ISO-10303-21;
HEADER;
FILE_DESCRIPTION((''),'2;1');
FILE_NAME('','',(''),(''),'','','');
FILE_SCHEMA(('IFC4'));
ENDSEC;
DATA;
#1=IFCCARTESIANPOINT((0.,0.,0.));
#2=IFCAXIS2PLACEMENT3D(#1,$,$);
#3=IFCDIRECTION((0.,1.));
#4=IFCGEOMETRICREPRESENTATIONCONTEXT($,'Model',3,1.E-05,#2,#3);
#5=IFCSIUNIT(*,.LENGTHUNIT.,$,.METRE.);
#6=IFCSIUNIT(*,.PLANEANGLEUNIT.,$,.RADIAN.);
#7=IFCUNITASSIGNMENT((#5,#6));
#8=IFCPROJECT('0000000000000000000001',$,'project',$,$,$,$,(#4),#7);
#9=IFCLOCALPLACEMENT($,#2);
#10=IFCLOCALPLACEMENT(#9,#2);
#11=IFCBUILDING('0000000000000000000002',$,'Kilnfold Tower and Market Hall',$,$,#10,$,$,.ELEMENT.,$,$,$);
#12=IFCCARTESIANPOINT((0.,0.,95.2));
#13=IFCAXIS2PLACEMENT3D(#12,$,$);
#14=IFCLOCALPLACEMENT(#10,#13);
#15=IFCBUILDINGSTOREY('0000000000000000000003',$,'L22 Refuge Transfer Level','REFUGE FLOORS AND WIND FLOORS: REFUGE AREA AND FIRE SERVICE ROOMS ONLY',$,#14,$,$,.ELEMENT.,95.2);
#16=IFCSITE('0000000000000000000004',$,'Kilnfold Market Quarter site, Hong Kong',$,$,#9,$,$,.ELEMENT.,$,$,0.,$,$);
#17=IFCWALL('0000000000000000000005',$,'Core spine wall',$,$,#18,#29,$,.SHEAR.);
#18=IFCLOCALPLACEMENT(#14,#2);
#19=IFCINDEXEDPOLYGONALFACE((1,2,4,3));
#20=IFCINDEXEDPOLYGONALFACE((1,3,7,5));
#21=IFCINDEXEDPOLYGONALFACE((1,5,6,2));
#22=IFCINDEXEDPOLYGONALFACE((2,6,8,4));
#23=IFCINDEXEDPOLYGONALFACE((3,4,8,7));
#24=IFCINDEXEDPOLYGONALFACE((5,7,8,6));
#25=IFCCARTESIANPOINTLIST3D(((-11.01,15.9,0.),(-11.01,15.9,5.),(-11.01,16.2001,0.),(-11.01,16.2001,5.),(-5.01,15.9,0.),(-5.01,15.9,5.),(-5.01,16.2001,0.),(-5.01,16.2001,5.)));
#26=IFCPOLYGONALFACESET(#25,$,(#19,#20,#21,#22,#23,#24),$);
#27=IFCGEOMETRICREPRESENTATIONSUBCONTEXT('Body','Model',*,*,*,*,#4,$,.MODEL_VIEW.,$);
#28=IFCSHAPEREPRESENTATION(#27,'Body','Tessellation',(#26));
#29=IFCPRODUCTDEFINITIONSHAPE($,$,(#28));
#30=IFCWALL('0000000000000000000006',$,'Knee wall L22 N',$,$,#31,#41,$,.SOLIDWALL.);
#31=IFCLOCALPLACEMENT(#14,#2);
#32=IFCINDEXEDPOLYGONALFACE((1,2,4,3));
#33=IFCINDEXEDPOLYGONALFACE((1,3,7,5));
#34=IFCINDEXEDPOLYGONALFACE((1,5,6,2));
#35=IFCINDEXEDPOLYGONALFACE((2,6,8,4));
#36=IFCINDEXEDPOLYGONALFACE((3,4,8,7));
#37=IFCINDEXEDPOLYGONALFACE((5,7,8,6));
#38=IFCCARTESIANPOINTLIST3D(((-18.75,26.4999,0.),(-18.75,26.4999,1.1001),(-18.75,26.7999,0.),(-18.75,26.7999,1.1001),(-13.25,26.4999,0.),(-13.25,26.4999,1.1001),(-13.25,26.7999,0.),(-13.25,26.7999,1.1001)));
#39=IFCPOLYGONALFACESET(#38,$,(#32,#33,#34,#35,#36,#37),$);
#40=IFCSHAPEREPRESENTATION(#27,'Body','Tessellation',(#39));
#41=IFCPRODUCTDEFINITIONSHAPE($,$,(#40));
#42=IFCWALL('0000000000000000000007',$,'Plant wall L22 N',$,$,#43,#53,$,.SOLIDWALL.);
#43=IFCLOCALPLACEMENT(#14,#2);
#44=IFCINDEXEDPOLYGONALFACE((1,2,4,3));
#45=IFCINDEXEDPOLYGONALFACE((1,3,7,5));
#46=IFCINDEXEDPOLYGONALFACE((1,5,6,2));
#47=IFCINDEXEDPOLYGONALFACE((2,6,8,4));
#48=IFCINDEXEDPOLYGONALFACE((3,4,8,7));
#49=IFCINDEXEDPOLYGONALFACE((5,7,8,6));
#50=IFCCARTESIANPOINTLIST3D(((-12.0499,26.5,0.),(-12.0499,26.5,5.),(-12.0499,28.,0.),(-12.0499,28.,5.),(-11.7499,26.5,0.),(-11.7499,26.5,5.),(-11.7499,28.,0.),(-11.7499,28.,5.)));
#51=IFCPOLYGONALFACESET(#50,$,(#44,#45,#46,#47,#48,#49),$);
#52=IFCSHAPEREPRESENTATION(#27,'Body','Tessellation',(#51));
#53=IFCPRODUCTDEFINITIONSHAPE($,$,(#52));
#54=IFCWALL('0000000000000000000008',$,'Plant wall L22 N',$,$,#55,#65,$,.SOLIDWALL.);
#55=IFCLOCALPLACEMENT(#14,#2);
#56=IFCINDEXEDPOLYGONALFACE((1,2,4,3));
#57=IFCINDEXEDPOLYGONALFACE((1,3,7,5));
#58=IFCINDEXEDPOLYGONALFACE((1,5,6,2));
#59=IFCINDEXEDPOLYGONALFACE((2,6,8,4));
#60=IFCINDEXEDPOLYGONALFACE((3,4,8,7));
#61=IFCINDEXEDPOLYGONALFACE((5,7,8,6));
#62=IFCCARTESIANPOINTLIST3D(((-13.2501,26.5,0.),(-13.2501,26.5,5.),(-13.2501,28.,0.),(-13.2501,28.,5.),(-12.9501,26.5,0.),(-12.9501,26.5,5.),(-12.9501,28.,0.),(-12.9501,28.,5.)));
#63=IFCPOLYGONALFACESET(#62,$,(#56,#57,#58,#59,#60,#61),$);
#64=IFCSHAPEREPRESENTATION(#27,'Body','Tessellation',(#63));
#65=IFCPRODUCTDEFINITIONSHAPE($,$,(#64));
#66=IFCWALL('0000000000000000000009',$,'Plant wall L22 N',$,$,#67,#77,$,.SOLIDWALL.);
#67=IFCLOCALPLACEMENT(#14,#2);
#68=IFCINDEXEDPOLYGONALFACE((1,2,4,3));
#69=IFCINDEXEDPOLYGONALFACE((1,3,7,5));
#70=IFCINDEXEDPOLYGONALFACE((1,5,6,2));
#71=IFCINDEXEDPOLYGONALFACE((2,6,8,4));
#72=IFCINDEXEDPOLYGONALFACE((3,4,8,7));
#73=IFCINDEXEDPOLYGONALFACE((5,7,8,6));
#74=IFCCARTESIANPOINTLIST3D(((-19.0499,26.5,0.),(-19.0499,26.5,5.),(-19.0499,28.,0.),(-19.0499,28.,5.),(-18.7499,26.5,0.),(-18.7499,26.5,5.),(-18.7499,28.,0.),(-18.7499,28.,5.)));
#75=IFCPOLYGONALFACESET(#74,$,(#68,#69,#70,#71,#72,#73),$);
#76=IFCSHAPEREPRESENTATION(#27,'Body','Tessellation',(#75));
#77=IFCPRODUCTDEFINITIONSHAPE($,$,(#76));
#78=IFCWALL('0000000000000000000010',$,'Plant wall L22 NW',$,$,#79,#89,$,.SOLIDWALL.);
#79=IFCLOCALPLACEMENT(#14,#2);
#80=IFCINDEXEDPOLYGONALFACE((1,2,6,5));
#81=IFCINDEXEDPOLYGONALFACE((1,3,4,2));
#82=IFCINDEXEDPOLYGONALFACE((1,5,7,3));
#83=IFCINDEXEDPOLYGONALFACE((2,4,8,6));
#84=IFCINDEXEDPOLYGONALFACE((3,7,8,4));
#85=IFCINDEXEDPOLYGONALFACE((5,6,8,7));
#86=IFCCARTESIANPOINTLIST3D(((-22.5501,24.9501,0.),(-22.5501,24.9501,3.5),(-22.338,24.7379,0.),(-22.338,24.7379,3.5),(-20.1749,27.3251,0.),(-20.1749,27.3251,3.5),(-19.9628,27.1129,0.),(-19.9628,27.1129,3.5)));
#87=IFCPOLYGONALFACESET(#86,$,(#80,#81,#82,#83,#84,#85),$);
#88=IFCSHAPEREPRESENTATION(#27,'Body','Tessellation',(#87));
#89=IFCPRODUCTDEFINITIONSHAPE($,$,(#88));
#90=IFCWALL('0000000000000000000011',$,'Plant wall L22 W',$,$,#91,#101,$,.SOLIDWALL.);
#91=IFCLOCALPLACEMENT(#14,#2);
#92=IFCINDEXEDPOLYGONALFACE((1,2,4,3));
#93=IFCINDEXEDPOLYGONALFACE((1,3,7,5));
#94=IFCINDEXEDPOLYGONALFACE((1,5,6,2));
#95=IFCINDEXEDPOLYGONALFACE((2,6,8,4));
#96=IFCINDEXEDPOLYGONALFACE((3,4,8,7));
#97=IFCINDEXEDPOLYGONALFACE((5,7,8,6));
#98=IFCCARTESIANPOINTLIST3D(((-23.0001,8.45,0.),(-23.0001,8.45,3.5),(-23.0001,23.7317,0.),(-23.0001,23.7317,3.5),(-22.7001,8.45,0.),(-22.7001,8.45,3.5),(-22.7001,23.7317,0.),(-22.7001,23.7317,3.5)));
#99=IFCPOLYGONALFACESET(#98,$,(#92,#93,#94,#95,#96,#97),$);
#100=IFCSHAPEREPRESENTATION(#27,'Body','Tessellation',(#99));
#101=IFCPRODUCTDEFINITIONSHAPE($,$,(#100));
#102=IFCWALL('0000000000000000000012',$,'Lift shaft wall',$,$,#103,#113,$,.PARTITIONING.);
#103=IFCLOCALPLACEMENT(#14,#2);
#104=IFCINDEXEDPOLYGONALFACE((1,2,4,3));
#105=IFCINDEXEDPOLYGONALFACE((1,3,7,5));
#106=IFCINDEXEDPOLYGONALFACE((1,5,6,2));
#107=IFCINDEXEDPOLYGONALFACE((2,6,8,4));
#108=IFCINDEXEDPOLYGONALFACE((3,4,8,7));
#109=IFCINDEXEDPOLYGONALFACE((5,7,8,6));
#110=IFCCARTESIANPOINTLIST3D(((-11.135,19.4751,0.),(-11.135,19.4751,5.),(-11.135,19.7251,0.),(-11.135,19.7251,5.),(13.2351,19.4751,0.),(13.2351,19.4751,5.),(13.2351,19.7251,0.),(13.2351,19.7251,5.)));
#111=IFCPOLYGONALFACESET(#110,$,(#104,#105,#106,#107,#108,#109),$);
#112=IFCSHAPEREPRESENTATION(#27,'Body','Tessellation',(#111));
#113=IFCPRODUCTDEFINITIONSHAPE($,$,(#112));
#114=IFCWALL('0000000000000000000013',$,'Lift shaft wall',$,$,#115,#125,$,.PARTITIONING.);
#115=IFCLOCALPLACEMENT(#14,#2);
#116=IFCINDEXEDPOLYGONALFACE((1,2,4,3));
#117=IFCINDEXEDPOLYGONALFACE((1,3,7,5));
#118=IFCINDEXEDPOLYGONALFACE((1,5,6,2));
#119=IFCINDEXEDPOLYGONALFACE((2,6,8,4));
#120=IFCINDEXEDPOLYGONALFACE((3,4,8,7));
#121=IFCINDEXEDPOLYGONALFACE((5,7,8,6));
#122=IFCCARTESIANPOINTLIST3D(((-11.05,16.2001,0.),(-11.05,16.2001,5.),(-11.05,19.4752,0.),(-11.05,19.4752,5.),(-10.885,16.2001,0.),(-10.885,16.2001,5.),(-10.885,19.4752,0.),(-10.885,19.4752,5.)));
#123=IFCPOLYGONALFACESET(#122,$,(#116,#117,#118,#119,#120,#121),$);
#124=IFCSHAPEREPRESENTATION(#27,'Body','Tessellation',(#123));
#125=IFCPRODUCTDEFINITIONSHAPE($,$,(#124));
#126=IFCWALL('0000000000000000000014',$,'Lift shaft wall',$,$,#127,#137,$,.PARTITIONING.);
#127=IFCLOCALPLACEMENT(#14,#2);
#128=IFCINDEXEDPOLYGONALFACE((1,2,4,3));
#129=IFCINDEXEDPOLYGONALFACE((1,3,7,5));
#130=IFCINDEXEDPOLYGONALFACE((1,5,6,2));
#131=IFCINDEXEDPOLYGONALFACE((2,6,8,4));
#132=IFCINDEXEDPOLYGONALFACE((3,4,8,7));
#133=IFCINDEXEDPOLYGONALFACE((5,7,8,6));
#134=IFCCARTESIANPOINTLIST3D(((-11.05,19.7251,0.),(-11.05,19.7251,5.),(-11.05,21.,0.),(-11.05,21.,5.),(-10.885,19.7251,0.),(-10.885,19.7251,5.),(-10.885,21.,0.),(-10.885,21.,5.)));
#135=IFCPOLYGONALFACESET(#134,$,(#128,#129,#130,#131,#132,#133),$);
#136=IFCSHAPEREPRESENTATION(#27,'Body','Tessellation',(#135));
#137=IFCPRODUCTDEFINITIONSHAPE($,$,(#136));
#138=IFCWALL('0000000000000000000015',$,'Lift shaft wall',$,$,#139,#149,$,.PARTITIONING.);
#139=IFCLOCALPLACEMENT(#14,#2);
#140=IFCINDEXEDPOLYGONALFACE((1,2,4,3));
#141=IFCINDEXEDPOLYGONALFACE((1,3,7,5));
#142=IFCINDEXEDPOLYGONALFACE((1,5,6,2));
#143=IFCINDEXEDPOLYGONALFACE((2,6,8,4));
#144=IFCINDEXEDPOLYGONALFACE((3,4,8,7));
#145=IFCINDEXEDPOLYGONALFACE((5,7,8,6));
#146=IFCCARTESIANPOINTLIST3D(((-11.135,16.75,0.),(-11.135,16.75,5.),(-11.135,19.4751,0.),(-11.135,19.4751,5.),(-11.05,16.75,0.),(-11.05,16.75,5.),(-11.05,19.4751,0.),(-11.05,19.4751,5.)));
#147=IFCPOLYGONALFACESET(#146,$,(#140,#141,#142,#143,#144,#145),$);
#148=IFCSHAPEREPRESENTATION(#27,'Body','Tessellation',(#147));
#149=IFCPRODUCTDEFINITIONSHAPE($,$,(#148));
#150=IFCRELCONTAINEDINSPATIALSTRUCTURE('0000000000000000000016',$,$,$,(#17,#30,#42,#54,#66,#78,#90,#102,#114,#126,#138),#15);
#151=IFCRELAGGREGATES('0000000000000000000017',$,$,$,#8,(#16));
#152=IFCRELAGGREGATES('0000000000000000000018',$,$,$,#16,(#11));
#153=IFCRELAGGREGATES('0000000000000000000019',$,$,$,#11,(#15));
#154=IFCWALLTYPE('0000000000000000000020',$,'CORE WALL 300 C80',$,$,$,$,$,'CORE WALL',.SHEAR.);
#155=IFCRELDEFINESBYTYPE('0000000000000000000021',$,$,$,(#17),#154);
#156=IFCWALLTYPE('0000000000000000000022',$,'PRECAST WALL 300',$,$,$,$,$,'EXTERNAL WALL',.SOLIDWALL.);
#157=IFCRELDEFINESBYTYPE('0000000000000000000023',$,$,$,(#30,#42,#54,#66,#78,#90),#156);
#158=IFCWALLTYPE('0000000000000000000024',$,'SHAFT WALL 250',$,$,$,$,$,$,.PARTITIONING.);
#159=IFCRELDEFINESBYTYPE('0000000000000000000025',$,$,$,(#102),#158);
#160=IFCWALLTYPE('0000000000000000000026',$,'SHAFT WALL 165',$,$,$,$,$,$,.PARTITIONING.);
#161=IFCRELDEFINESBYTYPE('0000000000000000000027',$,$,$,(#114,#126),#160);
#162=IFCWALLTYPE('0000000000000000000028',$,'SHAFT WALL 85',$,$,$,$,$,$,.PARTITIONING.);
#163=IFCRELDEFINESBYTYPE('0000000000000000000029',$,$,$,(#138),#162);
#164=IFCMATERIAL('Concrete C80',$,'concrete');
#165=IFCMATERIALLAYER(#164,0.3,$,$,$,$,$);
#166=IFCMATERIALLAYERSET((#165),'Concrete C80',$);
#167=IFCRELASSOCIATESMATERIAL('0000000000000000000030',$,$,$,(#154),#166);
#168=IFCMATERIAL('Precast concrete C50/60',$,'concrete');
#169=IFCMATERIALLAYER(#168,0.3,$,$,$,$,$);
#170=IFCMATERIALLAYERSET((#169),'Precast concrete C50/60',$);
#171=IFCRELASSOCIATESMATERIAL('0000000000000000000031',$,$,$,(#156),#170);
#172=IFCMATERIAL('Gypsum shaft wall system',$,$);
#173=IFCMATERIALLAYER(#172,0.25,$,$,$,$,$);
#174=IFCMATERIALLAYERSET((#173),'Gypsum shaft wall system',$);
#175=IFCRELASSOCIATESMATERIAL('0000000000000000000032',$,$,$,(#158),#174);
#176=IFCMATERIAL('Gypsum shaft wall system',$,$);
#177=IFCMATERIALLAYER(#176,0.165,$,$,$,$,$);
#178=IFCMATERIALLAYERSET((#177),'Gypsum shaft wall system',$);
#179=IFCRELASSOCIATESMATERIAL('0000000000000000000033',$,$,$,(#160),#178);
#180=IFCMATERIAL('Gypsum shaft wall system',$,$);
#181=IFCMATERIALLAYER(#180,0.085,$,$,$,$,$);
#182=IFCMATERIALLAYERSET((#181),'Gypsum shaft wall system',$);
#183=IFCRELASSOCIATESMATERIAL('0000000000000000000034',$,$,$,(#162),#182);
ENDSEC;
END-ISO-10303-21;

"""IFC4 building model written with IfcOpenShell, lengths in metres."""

from ifc_helpers import new_model, si_unit, direction, frame, frame_2d, origin, place, context, subcontext, project, spatial, rectangle, extrude, source, transform, mapped, material, layer, layer_set, type_object, element, save


model = new_model("IFC4")

# Units and contexts
model_context = context("Model", 3, precision=1e-05, world=origin(), true_north=direction((0.0, 1.0)))
body_context = subcontext(model_context, "Body", "Model", "MODEL_VIEW")
ifc_project = project(units=[si_unit("LENGTHUNIT", "METRE"), si_unit("PLANEANGLEUNIT", "RADIAN")], contexts=[model_context])

# Site, building, storey
site_placement = place(None, origin())
site = spatial("IfcSite", under=ifc_project, at=site_placement, Name="Kilnfold Market Quarter site, Hong Kong", CompositionType="ELEMENT", RefElevation=0.0)
building_placement = place(site_placement, origin())
building = spatial("IfcBuilding", under=site, at=building_placement, Name="Kilnfold Tower and Market Hall", CompositionType="ELEMENT")
storey_placement = place(building_placement, frame((0.0, 0.0, 95.2)))
storey = spatial("IfcBuildingStorey", under=building, at=storey_placement, Name="L22 Refuge Transfer Level", Description="REFUGE FLOORS AND WIND FLOORS: REFUGE AREA AND FIRE SERVICE ROOMS ONLY", CompositionType="ELEMENT", Elevation=95.2)

# Walls
ifc_material_1 = material(Name="Concrete C80", Category="concrete")
ifc_layer_1 = layer(ifc_material_1, 0.3)
ifc_layer_set_1 = layer_set([ifc_layer_1], Name="Concrete C80")
wall_type_1 = type_object("IfcWallType", Name="CORE WALL 300 C80", ElementType="CORE WALL", PredefinedType="SHEAR", material=ifc_layer_set_1)
shared_shape_1 = source(origin(), body_context, "Body", "SweptSolid", [
    extrude(rectangle(XDim=6.0, YDim=0.3, at=frame_2d((3.0, 0.0))), origin(), (0.0, 0.0, 1.0), 5.0),
])
wall_1_placement = place(storey_placement, frame((-11.01, 16.05, 0.0), z_axis=(0.0, 0.0, 1.0), x_axis=(1.0, 0.0, 0.0)))
element("IfcWall", 1, at=wall_1_placement, inside=storey, type_object=wall_type_1, Name="Core spine wall", PredefinedType="SHEAR", context=body_context, shape_type="MappedRepresentation", body=[
    mapped(shared_shape_1, transform((0.0, 0.0, 0.0))),
])
ifc_material_2 = material(Name="Precast concrete C50/60", Category="concrete")
ifc_layer_2 = layer(ifc_material_2, 0.3)
ifc_layer_set_2 = layer_set([ifc_layer_2], Name="Precast concrete C50/60")
wall_type_2 = type_object("IfcWallType", Name="PRECAST WALL 300", ElementType="EXTERNAL WALL", PredefinedType="SOLIDWALL", material=ifc_layer_set_2)
shared_shape_2 = source(origin(), body_context, "Body", "SweptSolid", [
    extrude(rectangle(XDim=5.5, YDim=0.3, at=frame_2d((2.75, 0.0))), origin(), (0.0, 0.0, 1.0), 1.1001),
])
wall_2_placement = place(storey_placement, frame((-13.25, 26.6499, 0.0), z_axis=(0.0, 0.0, 1.0), x_axis=(-1.0, 0.0, 0.0)))
element("IfcWall", 2, at=wall_2_placement, inside=storey, type_object=wall_type_2, Name="Knee wall L22 N", PredefinedType="SOLIDWALL", context=body_context, shape_type="MappedRepresentation", body=[
    mapped(shared_shape_2, transform((0.0, 0.0, 0.0))),
])
shared_shape_3 = source(origin(), body_context, "Body", "SweptSolid", [
    extrude(rectangle(XDim=1.5, YDim=0.3, at=frame_2d((0.75, 0.0))), origin(), (0.0, 0.0, 1.0), 5.0),
])
for number, where, z_axis, x_axis, name in (
    (3, (-11.8999, 28.0, 0.0), (0.0, 0.0, 1.0), (0.0, -1.0, 0.0), "Plant wall L22 N"),
    (4, (-13.1001, 28.0, 0.0), (0.0, 0.0, 1.0), (0.0, -1.0, 0.0), "Plant wall L22 N"),
    (5, (-18.8999, 28.0, 0.0), (0.0, 0.0, 1.0), (0.0, -1.0, 0.0), "Plant wall L22 N"),
):
    element("IfcWall", number, at=place(storey_placement, frame(where, z_axis=z_axis, x_axis=x_axis)), inside=storey, type_object=wall_type_2, Name=name, PredefinedType="SOLIDWALL", context=body_context, shape_type="MappedRepresentation", body=[
        mapped(shared_shape_3, transform((0.0, 0.0, 0.0))),
    ])
shared_shape_4 = source(origin(), body_context, "Body", "SweptSolid", [
    extrude(rectangle(XDim=3.3589, YDim=0.3, at=frame_2d((1.6794, 0.0))), origin(), (0.0, 0.0, 1.0), 3.5),
])
wall_3_placement = place(storey_placement, frame((-20.0688, 27.219, 0.0), z_axis=(0.0, 0.0, 1.0), x_axis=(-0.707143, -0.70707, 0.0)))
element("IfcWall", 6, at=wall_3_placement, inside=storey, type_object=wall_type_2, Name="Plant wall L22 NW", PredefinedType="SOLIDWALL", context=body_context, shape_type="MappedRepresentation", body=[
    mapped(shared_shape_4, transform((0.0, 0.0, 0.0))),
])
shared_shape_5 = source(origin(), body_context, "Body", "SweptSolid", [
    extrude(rectangle(XDim=15.2817, YDim=0.3, at=frame_2d((7.6409, 0.0))), origin(), (0.0, 0.0, 1.0), 3.5),
])
wall_4_placement = place(storey_placement, frame((-22.8501, 23.7317, 0.0), z_axis=(0.0, 0.0, 1.0), x_axis=(0.0, -1.0, 0.0)))
element("IfcWall", 7, at=wall_4_placement, inside=storey, type_object=wall_type_2, Name="Plant wall L22 W", PredefinedType="SOLIDWALL", context=body_context, shape_type="MappedRepresentation", body=[
    mapped(shared_shape_5, transform((0.0, 0.0, 0.0))),
])
ifc_material_3 = material(Name="Gypsum shaft wall system")
ifc_layer_3 = layer(ifc_material_3, 0.25)
ifc_layer_set_3 = layer_set([ifc_layer_3], Name="Gypsum shaft wall system")
wall_type_3 = type_object("IfcWallType", Name="SHAFT WALL 250", PredefinedType="PARTITIONING", material=ifc_layer_set_3)
shared_shape_6 = source(origin(), body_context, "Body", "SweptSolid", [
    extrude(rectangle(XDim=24.3701, YDim=0.25, at=frame_2d((12.1851, 0.0))), origin(), (0.0, 0.0, 1.0), 5.0),
])
wall_5_placement = place(storey_placement, frame((-11.135, 19.6001, 0.0), z_axis=(0.0, 0.0, 1.0), x_axis=(1.0, 0.0, 0.0)))
element("IfcWall", 8, at=wall_5_placement, inside=storey, type_object=wall_type_3, Name="Lift shaft wall", PredefinedType="PARTITIONING", context=body_context, shape_type="MappedRepresentation", body=[
    mapped(shared_shape_6, transform((0.0, 0.0, 0.0))),
])
ifc_material_4 = material(Name="Gypsum shaft wall system")
ifc_layer_4 = layer(ifc_material_4, 0.165)
ifc_layer_set_4 = layer_set([ifc_layer_4], Name="Gypsum shaft wall system")
wall_type_4 = type_object("IfcWallType", Name="SHAFT WALL 165", PredefinedType="PARTITIONING", material=ifc_layer_set_4)
shared_shape_7 = source(origin(), body_context, "Body", "SweptSolid", [
    extrude(rectangle(XDim=3.2751, YDim=0.165, at=frame_2d((1.6377, 0.0))), origin(), (0.0, 0.0, 1.0), 5.0),
])
wall_6_placement = place(storey_placement, frame((-10.9675, 16.2, 0.0), z_axis=(0.0, 0.0, 1.0), x_axis=(0.0, 1.0, 0.0)))
element("IfcWall", 9, at=wall_6_placement, inside=storey, type_object=wall_type_4, Name="Lift shaft wall", PredefinedType="PARTITIONING", context=body_context, shape_type="MappedRepresentation", body=[
    mapped(shared_shape_7, transform((0.0, 0.0, 0.0))),
])
shared_shape_8 = source(origin(), body_context, "Body", "SweptSolid", [
    extrude(rectangle(XDim=1.2749, YDim=0.165, at=frame_2d((0.6375, 0.0))), origin(), (0.0, 0.0, 1.0), 5.0),
])
wall_7_placement = place(storey_placement, frame((-10.9675, 19.7251, 0.0), z_axis=(0.0, 0.0, 1.0), x_axis=(0.0, 1.0, 0.0)))
element("IfcWall", 10, at=wall_7_placement, inside=storey, type_object=wall_type_4, Name="Lift shaft wall", PredefinedType="PARTITIONING", context=body_context, shape_type="MappedRepresentation", body=[
    mapped(shared_shape_8, transform((0.0, 0.0, 0.0))),
])
ifc_material_5 = material(Name="Gypsum shaft wall system")
ifc_layer_5 = layer(ifc_material_5, 0.085)
ifc_layer_set_5 = layer_set([ifc_layer_5], Name="Gypsum shaft wall system")
wall_type_5 = type_object("IfcWallType", Name="SHAFT WALL 85", PredefinedType="PARTITIONING", material=ifc_layer_set_5)
shared_shape_9 = source(origin(), body_context, "Body", "SweptSolid", [
    extrude(rectangle(XDim=2.7251, YDim=0.085, at=frame_2d((1.3625, 0.0))), origin(), (0.0, 0.0, 1.0), 5.0),
])
wall_8_placement = place(storey_placement, frame((-11.0925, 16.75, 0.0), z_axis=(0.0, 0.0, 1.0), x_axis=(0.0, 1.0, 0.0)))
element("IfcWall", 11, at=wall_8_placement, inside=storey, type_object=wall_type_5, Name="Lift shaft wall", PredefinedType="PARTITIONING", context=body_context, shape_type="MappedRepresentation", body=[
    mapped(shared_shape_9, transform((0.0, 0.0, 0.0))),
])

save(model, "model.ifc")
